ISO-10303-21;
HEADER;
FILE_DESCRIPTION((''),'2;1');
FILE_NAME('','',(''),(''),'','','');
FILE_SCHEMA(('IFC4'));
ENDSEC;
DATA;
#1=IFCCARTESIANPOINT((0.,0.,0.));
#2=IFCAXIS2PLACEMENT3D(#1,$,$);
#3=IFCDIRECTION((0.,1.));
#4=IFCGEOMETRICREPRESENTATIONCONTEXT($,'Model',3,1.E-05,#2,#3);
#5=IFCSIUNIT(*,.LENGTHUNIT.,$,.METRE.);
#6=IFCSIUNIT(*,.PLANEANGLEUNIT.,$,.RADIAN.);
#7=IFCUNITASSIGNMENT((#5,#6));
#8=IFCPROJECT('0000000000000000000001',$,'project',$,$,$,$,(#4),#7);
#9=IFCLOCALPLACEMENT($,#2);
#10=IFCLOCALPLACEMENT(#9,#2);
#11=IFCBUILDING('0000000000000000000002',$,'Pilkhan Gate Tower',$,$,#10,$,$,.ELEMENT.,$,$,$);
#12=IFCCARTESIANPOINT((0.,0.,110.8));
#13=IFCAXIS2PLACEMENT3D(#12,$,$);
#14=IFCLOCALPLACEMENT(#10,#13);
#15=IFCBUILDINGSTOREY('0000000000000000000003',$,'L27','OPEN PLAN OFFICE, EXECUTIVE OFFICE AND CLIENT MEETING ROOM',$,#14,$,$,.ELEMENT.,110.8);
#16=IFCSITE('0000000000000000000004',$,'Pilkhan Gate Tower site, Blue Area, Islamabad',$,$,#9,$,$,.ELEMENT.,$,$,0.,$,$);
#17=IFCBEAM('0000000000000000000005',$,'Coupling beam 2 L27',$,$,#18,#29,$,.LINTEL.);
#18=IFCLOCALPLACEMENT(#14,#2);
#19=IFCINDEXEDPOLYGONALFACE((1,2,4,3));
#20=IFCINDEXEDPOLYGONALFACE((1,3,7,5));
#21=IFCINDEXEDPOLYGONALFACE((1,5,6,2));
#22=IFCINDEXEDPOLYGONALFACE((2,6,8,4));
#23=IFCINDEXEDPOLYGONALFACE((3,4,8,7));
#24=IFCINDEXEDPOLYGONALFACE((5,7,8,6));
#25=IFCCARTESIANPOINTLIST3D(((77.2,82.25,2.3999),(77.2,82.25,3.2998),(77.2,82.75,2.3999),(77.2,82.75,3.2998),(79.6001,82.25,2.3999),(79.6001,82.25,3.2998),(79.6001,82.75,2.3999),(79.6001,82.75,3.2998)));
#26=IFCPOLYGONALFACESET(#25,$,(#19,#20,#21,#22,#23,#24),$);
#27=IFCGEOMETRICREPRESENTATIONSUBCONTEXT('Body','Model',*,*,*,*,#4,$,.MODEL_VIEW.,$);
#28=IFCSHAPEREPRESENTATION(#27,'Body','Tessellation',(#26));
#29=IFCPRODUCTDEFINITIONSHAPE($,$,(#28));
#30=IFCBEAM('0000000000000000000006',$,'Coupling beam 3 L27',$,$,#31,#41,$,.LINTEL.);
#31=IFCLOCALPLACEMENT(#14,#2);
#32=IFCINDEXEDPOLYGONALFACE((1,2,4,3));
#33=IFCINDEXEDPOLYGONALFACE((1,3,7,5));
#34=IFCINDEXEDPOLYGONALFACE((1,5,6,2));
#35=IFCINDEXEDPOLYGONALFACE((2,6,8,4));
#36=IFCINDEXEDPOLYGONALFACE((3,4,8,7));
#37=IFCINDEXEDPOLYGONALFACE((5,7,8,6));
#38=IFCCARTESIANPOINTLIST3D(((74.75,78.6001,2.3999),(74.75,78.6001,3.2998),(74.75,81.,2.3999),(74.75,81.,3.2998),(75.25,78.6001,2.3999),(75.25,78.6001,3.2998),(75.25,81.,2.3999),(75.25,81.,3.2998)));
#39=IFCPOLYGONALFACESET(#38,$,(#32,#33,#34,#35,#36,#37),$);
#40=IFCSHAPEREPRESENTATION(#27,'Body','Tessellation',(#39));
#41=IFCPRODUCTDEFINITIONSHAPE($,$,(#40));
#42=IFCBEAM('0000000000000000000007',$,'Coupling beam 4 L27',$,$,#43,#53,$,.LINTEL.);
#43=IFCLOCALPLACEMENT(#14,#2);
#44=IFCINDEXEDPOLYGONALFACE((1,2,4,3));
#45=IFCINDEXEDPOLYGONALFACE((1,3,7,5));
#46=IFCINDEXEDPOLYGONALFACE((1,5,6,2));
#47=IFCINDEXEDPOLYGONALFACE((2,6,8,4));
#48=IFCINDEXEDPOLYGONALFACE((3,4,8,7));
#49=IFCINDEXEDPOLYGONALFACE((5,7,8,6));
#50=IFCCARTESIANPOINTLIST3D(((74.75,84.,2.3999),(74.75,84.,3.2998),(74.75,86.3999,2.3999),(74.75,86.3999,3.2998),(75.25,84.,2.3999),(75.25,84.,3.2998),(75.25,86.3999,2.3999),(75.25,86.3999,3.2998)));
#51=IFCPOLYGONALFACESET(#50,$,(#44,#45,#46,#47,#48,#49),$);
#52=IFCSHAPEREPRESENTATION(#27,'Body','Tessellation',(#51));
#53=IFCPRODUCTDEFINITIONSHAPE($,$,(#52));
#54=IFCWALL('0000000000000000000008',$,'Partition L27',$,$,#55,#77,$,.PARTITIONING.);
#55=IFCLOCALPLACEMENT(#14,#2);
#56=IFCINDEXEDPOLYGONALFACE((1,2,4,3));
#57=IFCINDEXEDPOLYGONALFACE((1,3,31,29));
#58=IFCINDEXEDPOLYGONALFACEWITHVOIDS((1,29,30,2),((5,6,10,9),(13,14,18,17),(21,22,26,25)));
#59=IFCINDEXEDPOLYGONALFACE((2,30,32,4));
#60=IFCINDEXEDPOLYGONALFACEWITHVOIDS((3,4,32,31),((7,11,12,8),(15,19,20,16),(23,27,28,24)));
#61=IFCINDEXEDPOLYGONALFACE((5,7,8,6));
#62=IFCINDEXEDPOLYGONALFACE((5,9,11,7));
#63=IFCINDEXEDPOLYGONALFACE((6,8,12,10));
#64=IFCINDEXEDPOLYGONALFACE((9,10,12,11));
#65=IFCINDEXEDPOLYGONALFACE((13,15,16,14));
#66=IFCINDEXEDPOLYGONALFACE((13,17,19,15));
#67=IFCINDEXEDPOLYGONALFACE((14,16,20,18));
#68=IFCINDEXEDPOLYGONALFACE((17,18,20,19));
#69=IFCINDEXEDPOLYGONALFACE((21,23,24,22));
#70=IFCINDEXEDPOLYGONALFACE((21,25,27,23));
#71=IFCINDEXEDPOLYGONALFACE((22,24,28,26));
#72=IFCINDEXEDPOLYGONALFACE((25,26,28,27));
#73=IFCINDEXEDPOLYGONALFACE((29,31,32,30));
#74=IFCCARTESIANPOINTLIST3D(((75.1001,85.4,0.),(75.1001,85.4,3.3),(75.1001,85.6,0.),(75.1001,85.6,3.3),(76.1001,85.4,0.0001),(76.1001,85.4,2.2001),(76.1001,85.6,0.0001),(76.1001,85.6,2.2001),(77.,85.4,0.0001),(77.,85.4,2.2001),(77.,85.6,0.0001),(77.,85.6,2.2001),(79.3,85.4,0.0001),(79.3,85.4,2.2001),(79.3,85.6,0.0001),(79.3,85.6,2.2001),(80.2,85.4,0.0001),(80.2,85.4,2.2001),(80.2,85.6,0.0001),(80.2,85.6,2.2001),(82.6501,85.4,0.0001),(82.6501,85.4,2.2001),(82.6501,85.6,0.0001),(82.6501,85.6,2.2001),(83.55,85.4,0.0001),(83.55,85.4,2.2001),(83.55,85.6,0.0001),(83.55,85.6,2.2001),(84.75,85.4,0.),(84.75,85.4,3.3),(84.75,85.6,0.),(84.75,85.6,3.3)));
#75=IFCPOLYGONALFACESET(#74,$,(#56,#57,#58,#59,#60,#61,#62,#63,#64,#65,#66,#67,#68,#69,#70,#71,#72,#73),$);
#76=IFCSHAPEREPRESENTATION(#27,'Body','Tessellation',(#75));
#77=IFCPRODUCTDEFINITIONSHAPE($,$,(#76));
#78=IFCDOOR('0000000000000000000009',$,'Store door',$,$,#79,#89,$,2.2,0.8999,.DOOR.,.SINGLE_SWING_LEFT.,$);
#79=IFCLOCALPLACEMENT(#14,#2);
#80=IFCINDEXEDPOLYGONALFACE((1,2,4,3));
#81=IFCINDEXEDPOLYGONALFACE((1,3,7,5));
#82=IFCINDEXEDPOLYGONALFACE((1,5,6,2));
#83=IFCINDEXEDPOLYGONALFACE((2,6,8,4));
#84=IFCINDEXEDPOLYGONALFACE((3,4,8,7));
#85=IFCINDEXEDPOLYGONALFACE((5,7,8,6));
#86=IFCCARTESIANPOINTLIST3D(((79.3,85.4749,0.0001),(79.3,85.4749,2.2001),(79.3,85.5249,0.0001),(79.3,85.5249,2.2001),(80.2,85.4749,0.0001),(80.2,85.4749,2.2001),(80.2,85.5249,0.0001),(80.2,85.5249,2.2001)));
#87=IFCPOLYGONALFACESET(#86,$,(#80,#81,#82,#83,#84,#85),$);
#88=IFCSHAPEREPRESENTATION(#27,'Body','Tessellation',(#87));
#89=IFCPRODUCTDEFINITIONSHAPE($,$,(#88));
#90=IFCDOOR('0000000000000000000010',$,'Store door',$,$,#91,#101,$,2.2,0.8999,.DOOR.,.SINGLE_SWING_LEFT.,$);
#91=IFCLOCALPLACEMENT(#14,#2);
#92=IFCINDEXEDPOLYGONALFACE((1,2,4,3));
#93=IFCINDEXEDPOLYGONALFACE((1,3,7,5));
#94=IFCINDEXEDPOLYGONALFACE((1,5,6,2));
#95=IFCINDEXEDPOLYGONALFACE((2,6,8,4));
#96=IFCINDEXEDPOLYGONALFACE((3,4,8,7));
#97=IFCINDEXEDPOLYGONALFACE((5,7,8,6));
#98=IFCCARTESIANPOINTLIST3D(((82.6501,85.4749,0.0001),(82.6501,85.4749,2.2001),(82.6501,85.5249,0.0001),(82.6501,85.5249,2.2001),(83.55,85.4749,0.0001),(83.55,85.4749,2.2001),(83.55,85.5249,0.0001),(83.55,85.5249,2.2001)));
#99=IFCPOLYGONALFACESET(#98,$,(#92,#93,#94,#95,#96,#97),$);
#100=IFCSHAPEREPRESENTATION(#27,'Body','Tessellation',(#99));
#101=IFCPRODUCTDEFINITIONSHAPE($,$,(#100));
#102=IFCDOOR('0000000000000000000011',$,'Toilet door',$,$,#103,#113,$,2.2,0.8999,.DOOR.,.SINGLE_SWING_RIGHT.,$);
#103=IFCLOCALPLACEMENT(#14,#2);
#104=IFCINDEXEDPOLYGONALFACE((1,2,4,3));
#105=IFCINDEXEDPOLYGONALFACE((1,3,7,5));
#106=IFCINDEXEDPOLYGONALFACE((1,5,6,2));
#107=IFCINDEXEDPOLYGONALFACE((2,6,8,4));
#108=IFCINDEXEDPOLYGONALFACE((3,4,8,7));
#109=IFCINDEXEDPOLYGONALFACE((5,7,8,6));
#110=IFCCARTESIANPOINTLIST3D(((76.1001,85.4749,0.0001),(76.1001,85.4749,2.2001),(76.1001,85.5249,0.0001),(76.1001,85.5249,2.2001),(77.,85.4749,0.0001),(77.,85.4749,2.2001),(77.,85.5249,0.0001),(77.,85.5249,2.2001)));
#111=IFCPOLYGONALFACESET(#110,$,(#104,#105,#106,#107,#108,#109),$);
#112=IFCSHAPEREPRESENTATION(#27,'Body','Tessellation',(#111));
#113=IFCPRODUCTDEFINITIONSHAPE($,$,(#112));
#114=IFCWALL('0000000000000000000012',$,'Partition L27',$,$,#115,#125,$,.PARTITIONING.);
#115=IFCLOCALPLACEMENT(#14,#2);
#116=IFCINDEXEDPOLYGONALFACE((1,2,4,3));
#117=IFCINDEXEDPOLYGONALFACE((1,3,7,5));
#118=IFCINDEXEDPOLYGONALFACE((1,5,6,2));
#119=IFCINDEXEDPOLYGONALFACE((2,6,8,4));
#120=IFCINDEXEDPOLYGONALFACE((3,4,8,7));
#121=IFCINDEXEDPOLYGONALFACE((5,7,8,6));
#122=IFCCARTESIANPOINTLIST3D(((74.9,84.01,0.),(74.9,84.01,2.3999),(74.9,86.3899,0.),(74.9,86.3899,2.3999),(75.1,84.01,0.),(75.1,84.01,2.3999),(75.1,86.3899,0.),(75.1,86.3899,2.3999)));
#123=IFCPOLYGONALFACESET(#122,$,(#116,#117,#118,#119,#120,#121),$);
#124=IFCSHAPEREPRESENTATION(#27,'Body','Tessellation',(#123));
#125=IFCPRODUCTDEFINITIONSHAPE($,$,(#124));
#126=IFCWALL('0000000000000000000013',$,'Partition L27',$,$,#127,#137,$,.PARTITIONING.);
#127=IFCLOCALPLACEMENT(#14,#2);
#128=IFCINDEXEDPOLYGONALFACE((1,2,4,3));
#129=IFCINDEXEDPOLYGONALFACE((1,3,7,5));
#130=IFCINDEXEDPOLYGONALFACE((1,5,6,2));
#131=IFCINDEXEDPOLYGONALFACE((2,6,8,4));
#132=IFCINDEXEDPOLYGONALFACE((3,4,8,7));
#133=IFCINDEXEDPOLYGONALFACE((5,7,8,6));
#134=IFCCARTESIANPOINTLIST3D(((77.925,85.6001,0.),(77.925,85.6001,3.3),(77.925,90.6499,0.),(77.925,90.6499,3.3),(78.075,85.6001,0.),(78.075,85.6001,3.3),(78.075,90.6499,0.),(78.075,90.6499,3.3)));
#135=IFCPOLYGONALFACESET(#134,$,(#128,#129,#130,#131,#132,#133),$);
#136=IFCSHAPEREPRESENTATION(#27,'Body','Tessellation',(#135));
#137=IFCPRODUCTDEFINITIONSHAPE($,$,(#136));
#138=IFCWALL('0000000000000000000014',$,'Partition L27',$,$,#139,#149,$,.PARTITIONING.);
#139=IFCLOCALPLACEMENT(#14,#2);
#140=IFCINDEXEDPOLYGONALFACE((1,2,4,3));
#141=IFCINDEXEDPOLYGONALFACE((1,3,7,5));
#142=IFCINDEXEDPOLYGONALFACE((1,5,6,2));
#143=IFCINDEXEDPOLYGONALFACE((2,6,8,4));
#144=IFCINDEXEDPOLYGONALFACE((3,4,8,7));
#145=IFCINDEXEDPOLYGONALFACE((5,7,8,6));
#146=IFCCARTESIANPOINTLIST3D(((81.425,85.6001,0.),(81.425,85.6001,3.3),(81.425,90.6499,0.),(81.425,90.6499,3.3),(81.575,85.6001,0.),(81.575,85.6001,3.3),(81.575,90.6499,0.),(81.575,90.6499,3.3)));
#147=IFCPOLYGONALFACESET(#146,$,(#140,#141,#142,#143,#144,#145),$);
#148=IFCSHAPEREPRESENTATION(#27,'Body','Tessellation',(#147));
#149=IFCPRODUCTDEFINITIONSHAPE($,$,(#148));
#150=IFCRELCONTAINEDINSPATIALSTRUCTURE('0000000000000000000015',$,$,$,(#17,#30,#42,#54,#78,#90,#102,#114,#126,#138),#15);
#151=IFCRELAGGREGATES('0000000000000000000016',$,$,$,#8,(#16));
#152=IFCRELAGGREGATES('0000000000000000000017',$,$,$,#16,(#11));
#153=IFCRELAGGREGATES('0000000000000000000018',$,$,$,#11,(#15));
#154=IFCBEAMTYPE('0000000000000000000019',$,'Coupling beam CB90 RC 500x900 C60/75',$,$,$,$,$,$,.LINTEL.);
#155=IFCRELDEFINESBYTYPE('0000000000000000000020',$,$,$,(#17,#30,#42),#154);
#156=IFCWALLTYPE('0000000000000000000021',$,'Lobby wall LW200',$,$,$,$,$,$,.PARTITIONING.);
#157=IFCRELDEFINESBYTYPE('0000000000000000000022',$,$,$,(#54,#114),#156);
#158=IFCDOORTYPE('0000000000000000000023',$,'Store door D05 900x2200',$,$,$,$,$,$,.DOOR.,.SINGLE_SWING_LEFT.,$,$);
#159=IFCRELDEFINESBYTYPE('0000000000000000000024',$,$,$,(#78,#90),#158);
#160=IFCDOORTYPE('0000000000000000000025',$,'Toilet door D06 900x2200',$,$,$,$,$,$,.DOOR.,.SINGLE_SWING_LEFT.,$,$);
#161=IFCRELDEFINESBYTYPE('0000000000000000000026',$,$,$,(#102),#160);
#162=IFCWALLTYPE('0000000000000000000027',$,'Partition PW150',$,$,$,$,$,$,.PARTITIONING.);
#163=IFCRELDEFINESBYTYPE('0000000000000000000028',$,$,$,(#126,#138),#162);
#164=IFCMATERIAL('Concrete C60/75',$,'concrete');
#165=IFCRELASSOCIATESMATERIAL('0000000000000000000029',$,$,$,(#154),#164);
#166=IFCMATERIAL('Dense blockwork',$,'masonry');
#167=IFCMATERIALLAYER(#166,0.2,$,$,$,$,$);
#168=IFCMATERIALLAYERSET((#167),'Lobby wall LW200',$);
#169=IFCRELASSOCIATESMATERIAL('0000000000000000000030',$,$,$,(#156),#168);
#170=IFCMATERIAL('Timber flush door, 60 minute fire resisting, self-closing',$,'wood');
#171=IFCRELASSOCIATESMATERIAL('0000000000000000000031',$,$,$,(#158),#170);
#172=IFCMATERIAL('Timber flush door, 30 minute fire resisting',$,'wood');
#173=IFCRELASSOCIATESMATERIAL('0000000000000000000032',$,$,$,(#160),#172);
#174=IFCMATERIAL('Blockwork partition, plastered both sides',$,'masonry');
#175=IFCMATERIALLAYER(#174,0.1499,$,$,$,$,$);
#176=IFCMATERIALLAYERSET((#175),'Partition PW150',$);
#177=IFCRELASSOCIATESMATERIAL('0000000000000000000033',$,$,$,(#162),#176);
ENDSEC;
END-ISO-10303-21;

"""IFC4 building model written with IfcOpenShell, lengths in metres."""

from ifc_helpers import new_model, si_unit, direction, frame, frame_2d, origin, origin_2d, place, context, subcontext, project, spatial, rectangle, extrude, material, layer, layer_set, material_profile, profile_set, type_object, element, fill, save


model = new_model("IFC4")

# Units and contexts
model_context = context("Model", 3, precision=1e-05, world=origin(), true_north=direction((0.0, 1.0)))
body_context = subcontext(model_context, "Body", "Model", "MODEL_VIEW")
ifc_project = project(units=[si_unit("LENGTHUNIT", "METRE"), si_unit("PLANEANGLEUNIT", "RADIAN")], contexts=[model_context])

# Site, building, storey
site_placement = place(None, origin())
site = spatial("IfcSite", under=ifc_project, at=site_placement, Name="Pilkhan Gate Tower site, Blue Area, Islamabad", CompositionType="ELEMENT", RefElevation=0.0)
building_placement = place(site_placement, origin())
building = spatial("IfcBuilding", under=site, at=building_placement, Name="Pilkhan Gate Tower", CompositionType="ELEMENT")
storey_placement = place(building_placement, frame((0.0, 0.0, 110.8)))
storey = spatial("IfcBuildingStorey", under=building, at=storey_placement, Name="L27", Description="OPEN PLAN OFFICE, EXECUTIVE OFFICE AND CLIENT MEETING ROOM", CompositionType="ELEMENT", Elevation=110.8)

# Beams
ifc_material_1 = material(Name="Concrete C60/75", Category="concrete")
ifc_material_profile = material_profile(ifc_material_1, rectangle(XDim=0.5, YDim=0.8999, at=origin_2d()), Name="RC 500x900")
ifc_profile_set = profile_set([ifc_material_profile], Name="Concrete C60/75")
beam_type = type_object("IfcBeamType", Name="Coupling beam CB90 RC 500x900 C60/75", PredefinedType="LINTEL", material=ifc_profile_set)
beam_placement = place(storey_placement, frame((77.2, 82.5, 2.8499), z_axis=(1.0, 0.0, 0.0), x_axis=(0.0, 1.0, 0.0)))
element("IfcBeam", 1, at=beam_placement, inside=storey, type_object=beam_type, Name="Coupling beam 2 L27", PredefinedType="LINTEL", context=body_context, shape_type="SweptSolid", body=[
    extrude(rectangle(XDim=0.5, YDim=0.8999, at=origin_2d()), origin(), (0.0, 0.0, 1.0), 2.4001),
])
for number, where, z_axis, x_axis, name in (
    (2, (75.0, 78.6001, 2.8499), (0.0, 1.0, 0.0), (-1.0, 0.0, 0.0), "Coupling beam 3 L27"),
    (3, (75.0, 84.0, 2.8499), (0.0, 1.0, 0.0), (-1.0, 0.0, 0.0), "Coupling beam 4 L27"),
):
    element("IfcBeam", number, at=place(storey_placement, frame(where, z_axis=z_axis, x_axis=x_axis)), inside=storey, type_object=beam_type, Name=name, PredefinedType="LINTEL", context=body_context, shape_type="SweptSolid", body=[
        extrude(rectangle(XDim=0.5, YDim=0.8999, at=origin_2d()), origin(), (0.0, 0.0, 1.0), 2.3999),
    ])

# Wall, openings, doors
ifc_material_2 = material(Name="Dense blockwork", Category="masonry")
ifc_layer_1 = layer(ifc_material_2, 0.2)
ifc_layer_set_1 = layer_set([ifc_layer_1], Name="Lobby wall LW200")
wall_type_1 = type_object("IfcWallType", Name="Lobby wall LW200", PredefinedType="PARTITIONING", material=ifc_layer_set_1)
wall_1_placement = place(storey_placement, frame((75.1001, 85.5, 0.0), z_axis=(0.0, 0.0, 1.0), x_axis=(1.0, 0.0, 0.0)))
wall_1 = element("IfcWall", 4, at=wall_1_placement, inside=storey, type_object=wall_type_1, Name="Partition L27", PredefinedType="PARTITIONING", context=body_context, shape_type="SweptSolid", body=[
    extrude(rectangle(XDim=9.6499, YDim=0.2, at=frame_2d((4.825, 0.0))), origin(), (0.0, 0.0, 1.0), 3.3),
])
opening_1_placement = place(wall_1_placement, frame((1.0, 0.0, 0.0)))
opening_1 = element("IfcOpeningElement", 5, at=opening_1_placement, cuts=wall_1, PredefinedType="OPENING", context=body_context, shape_type="SweptSolid", body=[
    extrude(rectangle(XDim=0.8999, YDim=2.2, at=frame_2d((0.45, 1.1001))), frame((0.0, 0.1099, 0.0), z_axis=(0.0, -1.0, 0.0), x_axis=(1.0, 0.0, 0.0)), (0.0, 0.0, 1.0), 0.22),
])
opening_2_placement = place(wall_1_placement, frame((4.2, 0.0, 0.0)))
opening_2 = element("IfcOpeningElement", 6, at=opening_2_placement, cuts=wall_1, PredefinedType="OPENING", context=body_context, shape_type="SweptSolid", body=[
    extrude(rectangle(XDim=0.8999, YDim=2.2, at=frame_2d((0.45, 1.1001))), frame((0.0, 0.1099, 0.0), z_axis=(0.0, -1.0, 0.0), x_axis=(1.0, 0.0, 0.0)), (0.0, 0.0, 1.0), 0.22),
])
opening_3_placement = place(wall_1_placement, frame((7.55, 0.0, 0.0)))
opening_3 = element("IfcOpeningElement", 7, at=opening_3_placement, cuts=wall_1, PredefinedType="OPENING", context=body_context, shape_type="SweptSolid", body=[
    extrude(rectangle(XDim=0.8999, YDim=2.2, at=frame_2d((0.45, 1.1001))), frame((0.0, 0.1099, 0.0), z_axis=(0.0, -1.0, 0.0), x_axis=(1.0, 0.0, 0.0)), (0.0, 0.0, 1.0), 0.22),
])
ifc_material_3 = material(Name="Timber flush door, 60 minute fire resisting, self-closing", Category="wood")
door_type_1 = type_object("IfcDoorType", Name="Store door D05 900x2200", OperationType="SINGLE_SWING_LEFT", PredefinedType="DOOR", material=ifc_material_3)
door_1_placement = place(opening_2_placement, origin())
door_1 = element("IfcDoor", 8, at=door_1_placement, inside=storey, type_object=door_type_1, Name="Store door", OperationType="SINGLE_SWING_LEFT", OverallHeight=2.2, OverallWidth=0.8999, PredefinedType="DOOR", context=body_context, shape_type="SweptSolid", body=[
    extrude(rectangle(XDim=0.8999, YDim=2.2, at=frame_2d((0.45, 1.1001))), frame((0.0, 0.0249, 0.0), z_axis=(0.0, -1.0, 0.0), x_axis=(1.0, 0.0, 0.0)), (0.0, 0.0, 1.0), 0.05),
])
fill(opening_2, door_1)
door_2_placement = place(opening_3_placement, origin())
door_2 = element("IfcDoor", 9, at=door_2_placement, inside=storey, type_object=door_type_1, Name="Store door", OperationType="SINGLE_SWING_LEFT", OverallHeight=2.2, OverallWidth=0.8999, PredefinedType="DOOR", context=body_context, shape_type="SweptSolid", body=[
    extrude(rectangle(XDim=0.8999, YDim=2.2, at=frame_2d((0.45, 1.1001))), frame((0.0, 0.0249, 0.0), z_axis=(0.0, -1.0, 0.0), x_axis=(1.0, 0.0, 0.0)), (0.0, 0.0, 1.0), 0.05),
])
fill(opening_3, door_2)
ifc_material_4 = material(Name="Timber flush door, 30 minute fire resisting", Category="wood")
door_type_2 = type_object("IfcDoorType", Name="Toilet door D06 900x2200", OperationType="SINGLE_SWING_LEFT", PredefinedType="DOOR", material=ifc_material_4)
door_3_placement = place(opening_1_placement, origin())
door_3 = element("IfcDoor", 10, at=door_3_placement, inside=storey, type_object=door_type_2, Name="Toilet door", OperationType="SINGLE_SWING_RIGHT", OverallHeight=2.2, OverallWidth=0.8999, PredefinedType="DOOR", context=body_context, shape_type="SweptSolid", body=[
    extrude(rectangle(XDim=0.8999, YDim=2.2, at=frame_2d((0.45, 1.1001))), frame((0.0, 0.0249, 0.0), z_axis=(0.0, -1.0, 0.0), x_axis=(1.0, 0.0, 0.0)), (0.0, 0.0, 1.0), 0.05),
])
fill(opening_1, door_3)

# Walls
wall_2_placement = place(storey_placement, frame((75.0, 84.01, 0.0), z_axis=(0.0, 0.0, 1.0), x_axis=(0.0, 1.0, 0.0)))
element("IfcWall", 11, at=wall_2_placement, inside=storey, type_object=wall_type_1, Name="Partition L27", PredefinedType="PARTITIONING", context=body_context, shape_type="SweptSolid", body=[
    extrude(rectangle(XDim=2.3799, YDim=0.2, at=frame_2d((1.1899, 0.0))), origin(), (0.0, 0.0, 1.0), 2.3999),
])
ifc_material_5 = material(Name="Blockwork partition, plastered both sides", Category="masonry")
ifc_layer_2 = layer(ifc_material_5, 0.1499)
ifc_layer_set_2 = layer_set([ifc_layer_2], Name="Partition PW150")
wall_type_2 = type_object("IfcWallType", Name="Partition PW150", PredefinedType="PARTITIONING", material=ifc_layer_set_2)
for number, where, z_axis, x_axis, name in (
    (12, (78.0, 85.6001, 0.0), (0.0, 0.0, 1.0), (0.0, 1.0, 0.0), "Partition L27"),
    (13, (81.5, 85.6001, 0.0), (0.0, 0.0, 1.0), (0.0, 1.0, 0.0), "Partition L27"),
):
    element("IfcWall", number, at=place(storey_placement, frame(where, z_axis=z_axis, x_axis=x_axis)), inside=storey, type_object=wall_type_2, Name=name, PredefinedType="PARTITIONING", context=body_context, shape_type="SweptSolid", body=[
        extrude(rectangle(XDim=5.0498, YDim=0.1499, at=frame_2d((2.5249, 0.0))), origin(), (0.0, 0.0, 1.0), 3.3),
    ])

save(model, "model.ifc")
